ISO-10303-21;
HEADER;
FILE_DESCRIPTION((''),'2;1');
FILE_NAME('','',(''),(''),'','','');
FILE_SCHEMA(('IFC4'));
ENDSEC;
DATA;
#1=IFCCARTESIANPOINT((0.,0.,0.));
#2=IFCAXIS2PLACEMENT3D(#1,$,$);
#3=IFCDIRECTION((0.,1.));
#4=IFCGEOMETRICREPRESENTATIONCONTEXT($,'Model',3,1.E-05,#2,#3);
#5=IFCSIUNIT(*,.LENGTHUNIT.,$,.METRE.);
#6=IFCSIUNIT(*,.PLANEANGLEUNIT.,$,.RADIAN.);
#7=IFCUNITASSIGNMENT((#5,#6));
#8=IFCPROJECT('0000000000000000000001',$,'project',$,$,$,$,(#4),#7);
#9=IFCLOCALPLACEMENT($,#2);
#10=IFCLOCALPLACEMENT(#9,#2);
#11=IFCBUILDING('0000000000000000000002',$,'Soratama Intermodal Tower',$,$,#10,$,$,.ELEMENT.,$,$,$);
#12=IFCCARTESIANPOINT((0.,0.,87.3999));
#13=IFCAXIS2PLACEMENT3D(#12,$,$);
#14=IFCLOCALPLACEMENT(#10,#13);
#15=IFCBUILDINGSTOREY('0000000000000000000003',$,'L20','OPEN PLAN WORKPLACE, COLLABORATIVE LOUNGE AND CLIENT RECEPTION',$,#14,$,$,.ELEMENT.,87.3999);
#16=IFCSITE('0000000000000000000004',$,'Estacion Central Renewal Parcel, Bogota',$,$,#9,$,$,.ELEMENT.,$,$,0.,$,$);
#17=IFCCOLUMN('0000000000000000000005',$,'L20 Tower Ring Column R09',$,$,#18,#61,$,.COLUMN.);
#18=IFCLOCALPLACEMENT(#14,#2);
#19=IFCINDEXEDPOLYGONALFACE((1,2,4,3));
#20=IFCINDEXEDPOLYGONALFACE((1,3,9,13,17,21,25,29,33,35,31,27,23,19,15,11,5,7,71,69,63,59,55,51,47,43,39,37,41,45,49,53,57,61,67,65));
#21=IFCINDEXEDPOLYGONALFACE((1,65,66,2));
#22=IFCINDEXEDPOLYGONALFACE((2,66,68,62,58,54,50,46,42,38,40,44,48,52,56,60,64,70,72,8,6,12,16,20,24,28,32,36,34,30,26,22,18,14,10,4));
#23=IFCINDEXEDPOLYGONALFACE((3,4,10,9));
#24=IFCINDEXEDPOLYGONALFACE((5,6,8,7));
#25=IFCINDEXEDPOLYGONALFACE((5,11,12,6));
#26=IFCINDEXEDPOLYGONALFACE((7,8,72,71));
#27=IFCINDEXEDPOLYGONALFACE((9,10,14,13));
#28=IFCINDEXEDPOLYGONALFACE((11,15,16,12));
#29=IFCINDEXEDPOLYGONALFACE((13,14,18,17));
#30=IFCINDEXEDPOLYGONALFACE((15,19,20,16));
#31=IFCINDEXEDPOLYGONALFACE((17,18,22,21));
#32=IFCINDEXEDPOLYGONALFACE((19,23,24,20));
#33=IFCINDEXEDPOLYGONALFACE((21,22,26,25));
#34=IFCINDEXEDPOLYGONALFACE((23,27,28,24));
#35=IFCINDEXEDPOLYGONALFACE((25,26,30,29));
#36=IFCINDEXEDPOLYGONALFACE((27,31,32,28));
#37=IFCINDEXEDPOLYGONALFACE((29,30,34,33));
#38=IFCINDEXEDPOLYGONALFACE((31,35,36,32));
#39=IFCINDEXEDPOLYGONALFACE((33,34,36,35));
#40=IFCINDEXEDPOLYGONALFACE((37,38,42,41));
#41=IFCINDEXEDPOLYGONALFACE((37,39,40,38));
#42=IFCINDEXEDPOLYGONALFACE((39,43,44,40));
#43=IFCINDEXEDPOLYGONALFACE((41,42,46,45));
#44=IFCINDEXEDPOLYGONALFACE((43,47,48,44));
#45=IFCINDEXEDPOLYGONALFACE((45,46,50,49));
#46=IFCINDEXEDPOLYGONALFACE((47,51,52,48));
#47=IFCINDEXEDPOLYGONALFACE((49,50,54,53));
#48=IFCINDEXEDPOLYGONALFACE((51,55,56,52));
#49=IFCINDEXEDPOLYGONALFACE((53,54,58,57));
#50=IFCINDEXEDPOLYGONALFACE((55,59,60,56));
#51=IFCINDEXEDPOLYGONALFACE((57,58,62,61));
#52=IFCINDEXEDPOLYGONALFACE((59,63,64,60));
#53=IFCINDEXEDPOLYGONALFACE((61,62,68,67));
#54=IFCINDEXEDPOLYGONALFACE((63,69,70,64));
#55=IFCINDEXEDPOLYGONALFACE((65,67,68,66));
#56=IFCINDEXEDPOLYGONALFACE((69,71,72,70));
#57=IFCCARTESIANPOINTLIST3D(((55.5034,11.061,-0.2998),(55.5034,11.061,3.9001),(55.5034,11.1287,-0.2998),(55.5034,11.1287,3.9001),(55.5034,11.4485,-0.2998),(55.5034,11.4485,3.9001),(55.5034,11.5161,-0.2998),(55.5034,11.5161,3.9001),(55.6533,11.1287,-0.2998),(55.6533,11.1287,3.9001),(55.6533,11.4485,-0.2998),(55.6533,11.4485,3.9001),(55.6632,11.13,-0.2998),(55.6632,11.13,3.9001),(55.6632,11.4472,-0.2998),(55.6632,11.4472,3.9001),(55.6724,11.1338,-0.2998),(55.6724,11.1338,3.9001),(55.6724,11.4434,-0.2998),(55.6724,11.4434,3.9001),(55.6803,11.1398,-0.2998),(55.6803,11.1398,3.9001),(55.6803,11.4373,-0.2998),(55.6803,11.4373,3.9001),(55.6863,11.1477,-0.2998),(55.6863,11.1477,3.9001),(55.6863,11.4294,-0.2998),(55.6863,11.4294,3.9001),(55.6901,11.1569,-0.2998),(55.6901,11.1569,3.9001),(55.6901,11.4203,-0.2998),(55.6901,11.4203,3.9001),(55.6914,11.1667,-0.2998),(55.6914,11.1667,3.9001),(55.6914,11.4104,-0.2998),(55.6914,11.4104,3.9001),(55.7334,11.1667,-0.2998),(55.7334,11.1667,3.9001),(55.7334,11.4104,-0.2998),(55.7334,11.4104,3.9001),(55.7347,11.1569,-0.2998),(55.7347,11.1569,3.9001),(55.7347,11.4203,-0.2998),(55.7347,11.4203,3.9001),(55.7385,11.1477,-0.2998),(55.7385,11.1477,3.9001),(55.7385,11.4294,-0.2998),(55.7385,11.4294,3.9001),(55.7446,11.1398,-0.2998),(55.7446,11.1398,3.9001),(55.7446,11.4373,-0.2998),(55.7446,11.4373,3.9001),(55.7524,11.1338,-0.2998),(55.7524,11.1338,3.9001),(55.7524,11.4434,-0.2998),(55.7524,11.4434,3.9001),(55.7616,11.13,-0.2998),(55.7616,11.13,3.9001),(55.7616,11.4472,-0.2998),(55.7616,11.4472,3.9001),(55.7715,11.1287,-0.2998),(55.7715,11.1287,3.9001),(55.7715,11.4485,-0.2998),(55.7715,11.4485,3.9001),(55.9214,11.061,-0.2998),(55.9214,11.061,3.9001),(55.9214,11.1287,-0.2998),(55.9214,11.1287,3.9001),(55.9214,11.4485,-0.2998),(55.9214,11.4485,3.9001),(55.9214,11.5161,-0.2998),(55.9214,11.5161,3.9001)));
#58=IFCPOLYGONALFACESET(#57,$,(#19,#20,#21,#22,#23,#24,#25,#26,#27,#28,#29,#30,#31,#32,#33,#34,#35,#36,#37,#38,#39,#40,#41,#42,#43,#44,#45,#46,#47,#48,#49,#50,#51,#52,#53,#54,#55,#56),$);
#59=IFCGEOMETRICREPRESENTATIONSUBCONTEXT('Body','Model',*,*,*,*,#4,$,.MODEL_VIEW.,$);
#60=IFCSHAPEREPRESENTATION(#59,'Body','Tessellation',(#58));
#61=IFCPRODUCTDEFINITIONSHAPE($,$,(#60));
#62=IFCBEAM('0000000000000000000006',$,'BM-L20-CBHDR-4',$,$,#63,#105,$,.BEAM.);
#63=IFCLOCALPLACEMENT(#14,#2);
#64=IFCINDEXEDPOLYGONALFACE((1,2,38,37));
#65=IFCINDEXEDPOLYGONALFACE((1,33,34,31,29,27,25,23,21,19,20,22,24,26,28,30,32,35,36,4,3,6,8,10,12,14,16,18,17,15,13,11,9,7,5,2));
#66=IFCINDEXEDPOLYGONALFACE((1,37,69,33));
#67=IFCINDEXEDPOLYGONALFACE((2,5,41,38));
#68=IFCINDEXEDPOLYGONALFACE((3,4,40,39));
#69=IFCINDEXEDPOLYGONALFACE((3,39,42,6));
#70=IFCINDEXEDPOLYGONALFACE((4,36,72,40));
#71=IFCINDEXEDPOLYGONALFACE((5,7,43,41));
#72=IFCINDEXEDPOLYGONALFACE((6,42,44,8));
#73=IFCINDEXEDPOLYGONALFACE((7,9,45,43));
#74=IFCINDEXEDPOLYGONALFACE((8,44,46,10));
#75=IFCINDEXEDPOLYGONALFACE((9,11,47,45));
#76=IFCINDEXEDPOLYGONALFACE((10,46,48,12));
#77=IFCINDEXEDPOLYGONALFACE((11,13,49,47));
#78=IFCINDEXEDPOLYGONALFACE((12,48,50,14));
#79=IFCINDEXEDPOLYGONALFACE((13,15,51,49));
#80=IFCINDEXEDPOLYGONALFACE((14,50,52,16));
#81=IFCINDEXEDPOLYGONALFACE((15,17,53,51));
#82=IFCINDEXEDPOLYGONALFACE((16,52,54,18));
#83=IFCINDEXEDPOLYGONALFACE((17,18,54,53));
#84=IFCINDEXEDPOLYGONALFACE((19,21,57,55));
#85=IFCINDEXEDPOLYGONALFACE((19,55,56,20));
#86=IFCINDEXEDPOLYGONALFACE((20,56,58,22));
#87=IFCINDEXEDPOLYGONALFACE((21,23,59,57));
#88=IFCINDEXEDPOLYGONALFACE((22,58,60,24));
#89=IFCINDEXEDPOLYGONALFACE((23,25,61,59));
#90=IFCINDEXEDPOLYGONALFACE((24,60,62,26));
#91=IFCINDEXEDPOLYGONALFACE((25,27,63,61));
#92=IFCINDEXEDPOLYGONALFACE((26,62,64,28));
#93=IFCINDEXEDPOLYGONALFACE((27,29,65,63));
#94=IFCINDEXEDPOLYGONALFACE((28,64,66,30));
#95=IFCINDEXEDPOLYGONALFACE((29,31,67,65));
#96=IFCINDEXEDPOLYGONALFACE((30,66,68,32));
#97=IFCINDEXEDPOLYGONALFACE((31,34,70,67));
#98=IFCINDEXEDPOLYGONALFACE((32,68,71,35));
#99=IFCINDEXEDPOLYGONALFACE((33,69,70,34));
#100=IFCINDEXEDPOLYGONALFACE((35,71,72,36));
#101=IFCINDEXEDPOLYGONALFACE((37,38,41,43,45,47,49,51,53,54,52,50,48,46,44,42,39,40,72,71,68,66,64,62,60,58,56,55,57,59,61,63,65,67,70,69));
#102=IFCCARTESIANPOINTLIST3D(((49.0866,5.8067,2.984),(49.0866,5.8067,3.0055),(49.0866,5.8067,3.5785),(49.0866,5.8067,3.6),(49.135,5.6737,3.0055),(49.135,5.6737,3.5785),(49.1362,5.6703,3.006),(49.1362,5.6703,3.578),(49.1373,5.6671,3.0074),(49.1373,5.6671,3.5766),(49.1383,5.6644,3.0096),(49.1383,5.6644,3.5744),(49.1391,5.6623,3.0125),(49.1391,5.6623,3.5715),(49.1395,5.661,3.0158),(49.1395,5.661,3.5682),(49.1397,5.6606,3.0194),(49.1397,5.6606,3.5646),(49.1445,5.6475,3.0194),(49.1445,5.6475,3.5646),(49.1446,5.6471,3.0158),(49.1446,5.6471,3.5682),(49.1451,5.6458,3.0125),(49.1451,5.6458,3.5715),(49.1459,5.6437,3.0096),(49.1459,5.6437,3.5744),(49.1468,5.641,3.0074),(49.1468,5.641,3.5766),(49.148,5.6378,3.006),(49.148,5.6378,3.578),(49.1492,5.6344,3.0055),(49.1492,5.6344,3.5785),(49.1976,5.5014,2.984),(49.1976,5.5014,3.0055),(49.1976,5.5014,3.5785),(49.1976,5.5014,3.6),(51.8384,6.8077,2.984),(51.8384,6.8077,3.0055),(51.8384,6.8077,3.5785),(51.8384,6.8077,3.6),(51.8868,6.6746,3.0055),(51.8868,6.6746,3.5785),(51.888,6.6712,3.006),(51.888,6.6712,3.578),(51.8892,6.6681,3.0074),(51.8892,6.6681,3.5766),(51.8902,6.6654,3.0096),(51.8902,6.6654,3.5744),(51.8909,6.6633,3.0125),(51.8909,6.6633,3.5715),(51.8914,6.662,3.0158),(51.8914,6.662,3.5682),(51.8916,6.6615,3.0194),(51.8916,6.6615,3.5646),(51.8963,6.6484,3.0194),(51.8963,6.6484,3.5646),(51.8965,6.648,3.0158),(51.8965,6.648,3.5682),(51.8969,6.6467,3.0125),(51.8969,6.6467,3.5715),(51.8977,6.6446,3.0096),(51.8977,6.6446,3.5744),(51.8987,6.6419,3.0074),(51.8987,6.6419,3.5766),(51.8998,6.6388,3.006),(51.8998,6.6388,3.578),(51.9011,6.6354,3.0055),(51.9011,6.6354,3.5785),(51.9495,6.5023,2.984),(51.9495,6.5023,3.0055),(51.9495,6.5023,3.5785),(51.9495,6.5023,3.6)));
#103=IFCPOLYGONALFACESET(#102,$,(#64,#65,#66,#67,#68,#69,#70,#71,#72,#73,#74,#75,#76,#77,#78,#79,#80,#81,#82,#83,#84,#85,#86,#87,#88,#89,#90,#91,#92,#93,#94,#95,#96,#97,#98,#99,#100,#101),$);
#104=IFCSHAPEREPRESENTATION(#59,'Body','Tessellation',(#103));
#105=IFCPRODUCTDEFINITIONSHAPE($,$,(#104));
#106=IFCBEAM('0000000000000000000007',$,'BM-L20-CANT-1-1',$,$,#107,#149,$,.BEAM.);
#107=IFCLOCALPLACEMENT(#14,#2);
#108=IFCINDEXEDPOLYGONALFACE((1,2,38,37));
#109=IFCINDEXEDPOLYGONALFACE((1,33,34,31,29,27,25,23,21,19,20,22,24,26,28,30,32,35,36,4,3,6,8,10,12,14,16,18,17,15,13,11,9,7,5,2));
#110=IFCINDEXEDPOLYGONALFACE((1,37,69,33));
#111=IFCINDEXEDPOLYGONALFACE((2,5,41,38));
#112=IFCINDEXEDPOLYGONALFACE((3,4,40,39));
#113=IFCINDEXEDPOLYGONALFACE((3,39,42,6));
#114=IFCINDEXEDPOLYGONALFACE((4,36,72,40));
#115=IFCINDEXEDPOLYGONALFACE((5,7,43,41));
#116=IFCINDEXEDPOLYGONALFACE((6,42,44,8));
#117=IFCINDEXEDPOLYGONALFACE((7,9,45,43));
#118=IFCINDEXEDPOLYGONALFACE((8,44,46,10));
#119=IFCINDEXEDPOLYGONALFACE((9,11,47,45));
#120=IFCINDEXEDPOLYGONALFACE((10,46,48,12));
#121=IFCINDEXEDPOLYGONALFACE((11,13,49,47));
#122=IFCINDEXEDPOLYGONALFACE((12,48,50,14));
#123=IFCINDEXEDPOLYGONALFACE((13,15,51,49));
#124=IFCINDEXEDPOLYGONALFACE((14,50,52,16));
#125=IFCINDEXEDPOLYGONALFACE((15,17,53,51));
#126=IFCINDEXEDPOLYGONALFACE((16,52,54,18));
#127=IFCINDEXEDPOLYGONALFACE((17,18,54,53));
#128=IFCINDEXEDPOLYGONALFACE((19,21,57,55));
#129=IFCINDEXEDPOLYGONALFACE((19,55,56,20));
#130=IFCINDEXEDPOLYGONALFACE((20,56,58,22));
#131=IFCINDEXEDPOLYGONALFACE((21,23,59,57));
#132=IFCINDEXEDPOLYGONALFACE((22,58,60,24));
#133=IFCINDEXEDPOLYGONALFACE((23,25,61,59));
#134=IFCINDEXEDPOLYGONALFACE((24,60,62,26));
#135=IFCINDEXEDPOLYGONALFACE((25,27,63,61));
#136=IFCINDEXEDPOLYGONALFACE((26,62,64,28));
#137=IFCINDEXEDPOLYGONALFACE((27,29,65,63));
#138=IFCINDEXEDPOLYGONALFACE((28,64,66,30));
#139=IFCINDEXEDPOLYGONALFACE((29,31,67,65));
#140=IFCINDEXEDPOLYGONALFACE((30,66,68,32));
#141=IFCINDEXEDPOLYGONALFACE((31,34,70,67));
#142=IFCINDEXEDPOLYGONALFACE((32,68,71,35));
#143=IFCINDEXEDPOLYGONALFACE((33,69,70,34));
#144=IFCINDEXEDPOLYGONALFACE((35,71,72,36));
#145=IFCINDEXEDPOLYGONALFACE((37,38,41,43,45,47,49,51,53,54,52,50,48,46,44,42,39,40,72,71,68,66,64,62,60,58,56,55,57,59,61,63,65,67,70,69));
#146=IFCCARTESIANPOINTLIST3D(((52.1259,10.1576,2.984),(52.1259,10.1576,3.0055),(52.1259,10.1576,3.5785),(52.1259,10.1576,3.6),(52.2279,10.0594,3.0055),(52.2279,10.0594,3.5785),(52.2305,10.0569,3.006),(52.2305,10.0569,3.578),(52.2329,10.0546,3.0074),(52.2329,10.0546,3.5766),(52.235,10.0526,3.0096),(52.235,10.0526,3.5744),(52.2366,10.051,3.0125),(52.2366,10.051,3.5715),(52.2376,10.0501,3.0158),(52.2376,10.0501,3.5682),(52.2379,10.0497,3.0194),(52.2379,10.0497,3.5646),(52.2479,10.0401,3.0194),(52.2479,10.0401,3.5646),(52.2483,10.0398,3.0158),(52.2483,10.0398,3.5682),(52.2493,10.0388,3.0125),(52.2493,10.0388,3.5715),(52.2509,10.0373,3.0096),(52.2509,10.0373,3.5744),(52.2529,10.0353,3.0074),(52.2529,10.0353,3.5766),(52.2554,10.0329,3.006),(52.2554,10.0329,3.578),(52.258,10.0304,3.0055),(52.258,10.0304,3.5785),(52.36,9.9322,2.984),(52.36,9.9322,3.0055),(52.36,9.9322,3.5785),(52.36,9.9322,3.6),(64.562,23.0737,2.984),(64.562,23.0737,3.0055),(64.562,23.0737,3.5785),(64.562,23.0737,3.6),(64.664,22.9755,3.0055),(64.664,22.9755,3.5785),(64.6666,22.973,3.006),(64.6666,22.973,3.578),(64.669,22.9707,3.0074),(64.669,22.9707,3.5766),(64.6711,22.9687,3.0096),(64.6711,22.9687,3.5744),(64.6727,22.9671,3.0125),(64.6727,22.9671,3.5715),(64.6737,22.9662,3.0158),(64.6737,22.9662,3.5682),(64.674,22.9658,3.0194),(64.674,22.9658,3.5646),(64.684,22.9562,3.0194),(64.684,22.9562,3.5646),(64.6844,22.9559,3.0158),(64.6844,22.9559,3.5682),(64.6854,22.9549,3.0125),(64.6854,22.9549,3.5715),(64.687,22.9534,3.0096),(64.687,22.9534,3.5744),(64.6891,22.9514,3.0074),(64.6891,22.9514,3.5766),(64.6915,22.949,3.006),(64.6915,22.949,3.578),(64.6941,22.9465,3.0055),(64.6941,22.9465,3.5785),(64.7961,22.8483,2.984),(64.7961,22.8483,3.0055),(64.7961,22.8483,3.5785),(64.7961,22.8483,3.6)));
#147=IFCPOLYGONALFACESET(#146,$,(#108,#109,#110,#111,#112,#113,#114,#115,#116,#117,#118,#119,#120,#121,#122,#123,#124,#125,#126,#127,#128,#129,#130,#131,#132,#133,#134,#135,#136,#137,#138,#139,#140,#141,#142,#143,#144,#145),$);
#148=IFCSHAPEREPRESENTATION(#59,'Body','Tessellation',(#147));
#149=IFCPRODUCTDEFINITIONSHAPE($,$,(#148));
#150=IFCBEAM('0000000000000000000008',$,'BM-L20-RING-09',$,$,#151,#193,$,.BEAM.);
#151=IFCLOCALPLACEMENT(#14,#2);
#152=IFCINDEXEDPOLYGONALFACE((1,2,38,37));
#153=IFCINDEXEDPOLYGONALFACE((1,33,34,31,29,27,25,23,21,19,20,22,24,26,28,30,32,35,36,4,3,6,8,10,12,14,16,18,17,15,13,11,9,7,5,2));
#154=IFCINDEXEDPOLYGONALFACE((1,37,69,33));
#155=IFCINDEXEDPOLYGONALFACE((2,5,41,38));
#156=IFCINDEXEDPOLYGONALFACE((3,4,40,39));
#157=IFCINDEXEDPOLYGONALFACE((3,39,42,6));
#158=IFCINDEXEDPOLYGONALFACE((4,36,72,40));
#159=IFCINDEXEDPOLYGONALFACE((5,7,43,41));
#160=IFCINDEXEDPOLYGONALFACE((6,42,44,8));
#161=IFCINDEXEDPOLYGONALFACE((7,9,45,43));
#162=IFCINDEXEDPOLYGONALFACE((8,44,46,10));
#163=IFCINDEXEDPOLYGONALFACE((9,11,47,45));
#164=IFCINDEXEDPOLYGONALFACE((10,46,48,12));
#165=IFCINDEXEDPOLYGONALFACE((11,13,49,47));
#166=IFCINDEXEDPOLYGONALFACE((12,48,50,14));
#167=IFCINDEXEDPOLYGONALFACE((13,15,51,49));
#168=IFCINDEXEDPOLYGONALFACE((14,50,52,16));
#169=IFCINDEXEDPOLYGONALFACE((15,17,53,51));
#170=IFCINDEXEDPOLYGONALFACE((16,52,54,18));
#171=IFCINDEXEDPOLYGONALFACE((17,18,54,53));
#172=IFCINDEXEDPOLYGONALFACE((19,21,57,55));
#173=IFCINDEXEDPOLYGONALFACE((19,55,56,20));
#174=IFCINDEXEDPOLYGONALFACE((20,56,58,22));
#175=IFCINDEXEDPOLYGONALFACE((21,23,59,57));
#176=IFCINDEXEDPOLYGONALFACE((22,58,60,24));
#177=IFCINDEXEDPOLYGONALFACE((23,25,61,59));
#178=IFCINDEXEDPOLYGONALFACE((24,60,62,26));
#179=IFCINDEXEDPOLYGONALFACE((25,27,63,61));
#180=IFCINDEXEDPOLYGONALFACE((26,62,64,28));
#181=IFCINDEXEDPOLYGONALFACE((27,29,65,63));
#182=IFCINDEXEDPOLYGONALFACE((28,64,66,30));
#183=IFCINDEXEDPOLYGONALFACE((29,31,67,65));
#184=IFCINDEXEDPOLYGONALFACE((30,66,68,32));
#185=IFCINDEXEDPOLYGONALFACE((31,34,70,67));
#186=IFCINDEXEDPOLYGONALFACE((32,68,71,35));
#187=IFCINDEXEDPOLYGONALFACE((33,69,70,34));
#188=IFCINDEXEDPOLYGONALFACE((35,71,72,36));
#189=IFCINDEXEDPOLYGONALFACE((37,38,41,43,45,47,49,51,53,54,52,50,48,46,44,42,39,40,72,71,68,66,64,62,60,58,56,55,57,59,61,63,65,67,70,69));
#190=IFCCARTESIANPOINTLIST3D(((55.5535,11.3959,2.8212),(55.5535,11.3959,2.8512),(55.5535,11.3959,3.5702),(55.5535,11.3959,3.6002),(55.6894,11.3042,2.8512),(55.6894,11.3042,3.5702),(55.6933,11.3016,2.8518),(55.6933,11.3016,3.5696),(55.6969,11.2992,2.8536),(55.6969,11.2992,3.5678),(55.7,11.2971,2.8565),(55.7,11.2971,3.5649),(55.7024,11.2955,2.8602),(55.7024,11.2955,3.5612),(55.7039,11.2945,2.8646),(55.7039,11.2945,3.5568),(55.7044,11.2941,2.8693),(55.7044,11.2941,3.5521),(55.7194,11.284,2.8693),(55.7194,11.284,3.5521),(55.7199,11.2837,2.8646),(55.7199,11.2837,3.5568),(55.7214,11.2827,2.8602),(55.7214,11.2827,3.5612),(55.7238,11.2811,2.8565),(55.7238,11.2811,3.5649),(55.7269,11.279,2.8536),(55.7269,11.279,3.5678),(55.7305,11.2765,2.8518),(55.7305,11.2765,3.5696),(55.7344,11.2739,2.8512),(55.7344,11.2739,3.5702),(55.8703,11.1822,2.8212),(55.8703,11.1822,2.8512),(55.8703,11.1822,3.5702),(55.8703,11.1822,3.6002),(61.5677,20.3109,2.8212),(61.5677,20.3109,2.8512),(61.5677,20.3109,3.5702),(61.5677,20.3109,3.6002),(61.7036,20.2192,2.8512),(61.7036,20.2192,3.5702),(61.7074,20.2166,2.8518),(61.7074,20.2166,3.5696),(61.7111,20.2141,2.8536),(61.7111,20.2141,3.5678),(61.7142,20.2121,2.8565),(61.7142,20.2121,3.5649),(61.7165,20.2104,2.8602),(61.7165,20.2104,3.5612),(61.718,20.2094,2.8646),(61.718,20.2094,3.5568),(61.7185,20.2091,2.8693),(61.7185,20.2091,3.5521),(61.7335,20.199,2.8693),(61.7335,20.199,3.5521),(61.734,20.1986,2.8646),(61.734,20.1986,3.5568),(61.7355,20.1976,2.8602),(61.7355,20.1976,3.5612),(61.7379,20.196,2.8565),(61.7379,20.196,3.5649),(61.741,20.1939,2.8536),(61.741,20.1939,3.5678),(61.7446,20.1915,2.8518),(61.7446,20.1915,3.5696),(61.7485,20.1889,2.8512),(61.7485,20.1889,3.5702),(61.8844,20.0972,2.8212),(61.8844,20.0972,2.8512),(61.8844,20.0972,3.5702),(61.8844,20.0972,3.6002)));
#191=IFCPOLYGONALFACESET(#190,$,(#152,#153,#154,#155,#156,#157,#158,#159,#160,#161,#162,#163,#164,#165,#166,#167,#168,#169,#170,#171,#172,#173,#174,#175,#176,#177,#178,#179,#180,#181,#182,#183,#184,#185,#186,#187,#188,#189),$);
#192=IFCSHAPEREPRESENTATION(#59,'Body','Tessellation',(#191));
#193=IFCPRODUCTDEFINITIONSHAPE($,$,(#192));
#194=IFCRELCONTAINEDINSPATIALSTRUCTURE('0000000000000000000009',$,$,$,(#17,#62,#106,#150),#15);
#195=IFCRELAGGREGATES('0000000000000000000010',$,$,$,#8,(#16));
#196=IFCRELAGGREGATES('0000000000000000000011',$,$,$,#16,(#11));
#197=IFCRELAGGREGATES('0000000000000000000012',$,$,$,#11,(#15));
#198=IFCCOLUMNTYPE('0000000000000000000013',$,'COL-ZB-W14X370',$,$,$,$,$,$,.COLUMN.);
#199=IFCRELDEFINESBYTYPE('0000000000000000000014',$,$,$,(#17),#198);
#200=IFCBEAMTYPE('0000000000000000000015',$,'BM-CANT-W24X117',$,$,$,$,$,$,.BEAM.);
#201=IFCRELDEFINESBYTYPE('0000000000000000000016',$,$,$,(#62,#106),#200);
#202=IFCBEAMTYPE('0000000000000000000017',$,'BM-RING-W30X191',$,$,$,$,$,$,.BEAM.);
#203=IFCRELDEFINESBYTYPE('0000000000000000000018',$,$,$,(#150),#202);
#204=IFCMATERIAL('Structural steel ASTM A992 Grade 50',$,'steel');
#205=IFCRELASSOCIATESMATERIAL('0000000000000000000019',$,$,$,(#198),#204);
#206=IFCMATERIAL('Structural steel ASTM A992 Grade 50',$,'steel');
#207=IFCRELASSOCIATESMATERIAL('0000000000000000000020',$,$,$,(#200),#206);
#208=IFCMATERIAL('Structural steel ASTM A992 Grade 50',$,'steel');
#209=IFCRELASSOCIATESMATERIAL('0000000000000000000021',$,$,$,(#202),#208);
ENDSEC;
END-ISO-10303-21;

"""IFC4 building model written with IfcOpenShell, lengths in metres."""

from ifc_helpers import new_model, si_unit, direction, frame, origin, origin_2d, place, context, subcontext, project, spatial, i_section, extrude, material, material_profile, profile_set, type_object, element, save


model = new_model("IFC4")

# Units and contexts
model_context = context("Model", 3, precision=1e-05, world=origin(), true_north=direction((0.0, 1.0)))
body_context = subcontext(model_context, "Body", "Model", "MODEL_VIEW")
ifc_project = project(units=[si_unit("LENGTHUNIT", "METRE"), si_unit("PLANEANGLEUNIT", "RADIAN")], contexts=[model_context])

# Site, building, storey
site_placement = place(None, origin())
site = spatial("IfcSite", under=ifc_project, at=site_placement, Name="Estacion Central Renewal Parcel, Bogota", CompositionType="ELEMENT", RefElevation=0.0)
building_placement = place(site_placement, origin())
building = spatial("IfcBuilding", under=site, at=building_placement, Name="Soratama Intermodal Tower", CompositionType="ELEMENT")
storey_placement = place(building_placement, frame((0.0, 0.0, 87.3999)))
storey = spatial("IfcBuildingStorey", under=building, at=storey_placement, Name="L20", Description="OPEN PLAN WORKPLACE, COLLABORATIVE LOUNGE AND CLIENT RECEPTION", CompositionType="ELEMENT", Elevation=87.3999)

# Column
ifc_material_1 = material(Name="Structural steel ASTM A992 Grade 50", Category="steel")
ifc_material_profile_1 = material_profile(ifc_material_1, i_section(OverallWidth=0.418, OverallDepth=0.4551, WebThickness=0.042, FlangeThickness=0.0676, FilletRadius=0.0381, at=origin_2d()), Name="W14X370")
ifc_profile_set_1 = profile_set([ifc_material_profile_1], Name="Structural steel ASTM A992 Grade 50")
column_type = type_object("IfcColumnType", Name="COL-ZB-W14X370", PredefinedType="COLUMN", material=ifc_profile_set_1)
column_placement = place(storey_placement, frame((55.7124, 11.2886, -0.2998), z_axis=(0.0, 0.0, 1.0), x_axis=(1.0, 0.0, 0.0)))
element("IfcColumn", 1, at=column_placement, inside=storey, type_object=column_type, Name="L20 Tower Ring Column R09", PredefinedType="COLUMN", context=body_context, shape_type="SweptSolid", body=[
    extrude(i_section(OverallWidth=0.418, OverallDepth=0.4551, WebThickness=0.042, FlangeThickness=0.0676, FilletRadius=0.0381, at=origin_2d()), origin(), (0.0, 0.0, 1.0), 4.2),
])

# Beams
ifc_material_2 = material(Name="Structural steel ASTM A992 Grade 50", Category="steel")
ifc_material_profile_2 = material_profile(ifc_material_2, i_section(OverallWidth=0.325, OverallDepth=0.616, WebThickness=0.0139, FlangeThickness=0.0215, FilletRadius=0.0139, at=origin_2d()), Name="W24X117")
ifc_profile_set_2 = profile_set([ifc_material_profile_2], Name="Structural steel ASTM A992 Grade 50")
beam_type_1 = type_object("IfcBeamType", Name="BM-CANT-W24X117", PredefinedType="BEAM", material=ifc_profile_set_2)
beam_1_placement = place(storey_placement, frame((49.1421, 5.6541, 3.292), z_axis=(0.939764, 0.341823, 0.0), x_axis=(-0.341823, 0.939764, 0.0)))
element("IfcBeam", 2, at=beam_1_placement, inside=storey, type_object=beam_type_1, Name="BM-L20-CBHDR-4", PredefinedType="BEAM", context=body_context, shape_type="SweptSolid", body=[
    extrude(i_section(OverallWidth=0.325, OverallDepth=0.616, WebThickness=0.0139, FlangeThickness=0.0215, FilletRadius=0.0139, at=origin_2d()), origin(), (0.0, 0.0, 1.0), 2.9282),
])
beam_2_placement = place(storey_placement, frame((52.2429, 10.0449, 3.292), z_axis=(0.693595, 0.720365, 0.0), x_axis=(-0.720365, 0.693595, 0.0)))
element("IfcBeam", 3, at=beam_2_placement, inside=storey, type_object=beam_type_1, Name="BM-L20-CANT-1-1", PredefinedType="BEAM", context=body_context, shape_type="SweptSolid", body=[
    extrude(i_section(OverallWidth=0.325, OverallDepth=0.616, WebThickness=0.0139, FlangeThickness=0.0215, FilletRadius=0.0139, at=origin_2d()), origin(), (0.0, 0.0, 1.0), 17.9299),
])
ifc_material_3 = material(Name="Structural steel ASTM A992 Grade 50", Category="steel")
ifc_material_profile_3 = material_profile(ifc_material_3, i_section(OverallWidth=0.3821, OverallDepth=0.7791, WebThickness=0.0181, FlangeThickness=0.03, FilletRadius=0.0181, at=origin_2d()), Name="W30X191")
ifc_profile_set_3 = profile_set([ifc_material_profile_3], Name="Structural steel ASTM A992 Grade 50")
beam_type_2 = type_object("IfcBeamType", Name="BM-RING-W30X191", PredefinedType="BEAM", material=ifc_profile_set_3)
beam_3_placement = place(storey_placement, frame((55.7119, 11.2891, 3.2107), z_axis=(0.55925, 0.828999, 0.0), x_axis=(-0.828999, 0.55925, 0.0)))
element("IfcBeam", 4, at=beam_3_placement, inside=storey, type_object=beam_type_2, Name="BM-L20-RING-09", PredefinedType="BEAM", context=body_context, shape_type="SweptSolid", body=[
    extrude(i_section(OverallWidth=0.3821, OverallDepth=0.7791, WebThickness=0.0181, FlangeThickness=0.03, FilletRadius=0.0181, at=origin_2d()), origin(), (0.0, 0.0, 1.0), 10.7539),
])

save(model, "model.ifc")
